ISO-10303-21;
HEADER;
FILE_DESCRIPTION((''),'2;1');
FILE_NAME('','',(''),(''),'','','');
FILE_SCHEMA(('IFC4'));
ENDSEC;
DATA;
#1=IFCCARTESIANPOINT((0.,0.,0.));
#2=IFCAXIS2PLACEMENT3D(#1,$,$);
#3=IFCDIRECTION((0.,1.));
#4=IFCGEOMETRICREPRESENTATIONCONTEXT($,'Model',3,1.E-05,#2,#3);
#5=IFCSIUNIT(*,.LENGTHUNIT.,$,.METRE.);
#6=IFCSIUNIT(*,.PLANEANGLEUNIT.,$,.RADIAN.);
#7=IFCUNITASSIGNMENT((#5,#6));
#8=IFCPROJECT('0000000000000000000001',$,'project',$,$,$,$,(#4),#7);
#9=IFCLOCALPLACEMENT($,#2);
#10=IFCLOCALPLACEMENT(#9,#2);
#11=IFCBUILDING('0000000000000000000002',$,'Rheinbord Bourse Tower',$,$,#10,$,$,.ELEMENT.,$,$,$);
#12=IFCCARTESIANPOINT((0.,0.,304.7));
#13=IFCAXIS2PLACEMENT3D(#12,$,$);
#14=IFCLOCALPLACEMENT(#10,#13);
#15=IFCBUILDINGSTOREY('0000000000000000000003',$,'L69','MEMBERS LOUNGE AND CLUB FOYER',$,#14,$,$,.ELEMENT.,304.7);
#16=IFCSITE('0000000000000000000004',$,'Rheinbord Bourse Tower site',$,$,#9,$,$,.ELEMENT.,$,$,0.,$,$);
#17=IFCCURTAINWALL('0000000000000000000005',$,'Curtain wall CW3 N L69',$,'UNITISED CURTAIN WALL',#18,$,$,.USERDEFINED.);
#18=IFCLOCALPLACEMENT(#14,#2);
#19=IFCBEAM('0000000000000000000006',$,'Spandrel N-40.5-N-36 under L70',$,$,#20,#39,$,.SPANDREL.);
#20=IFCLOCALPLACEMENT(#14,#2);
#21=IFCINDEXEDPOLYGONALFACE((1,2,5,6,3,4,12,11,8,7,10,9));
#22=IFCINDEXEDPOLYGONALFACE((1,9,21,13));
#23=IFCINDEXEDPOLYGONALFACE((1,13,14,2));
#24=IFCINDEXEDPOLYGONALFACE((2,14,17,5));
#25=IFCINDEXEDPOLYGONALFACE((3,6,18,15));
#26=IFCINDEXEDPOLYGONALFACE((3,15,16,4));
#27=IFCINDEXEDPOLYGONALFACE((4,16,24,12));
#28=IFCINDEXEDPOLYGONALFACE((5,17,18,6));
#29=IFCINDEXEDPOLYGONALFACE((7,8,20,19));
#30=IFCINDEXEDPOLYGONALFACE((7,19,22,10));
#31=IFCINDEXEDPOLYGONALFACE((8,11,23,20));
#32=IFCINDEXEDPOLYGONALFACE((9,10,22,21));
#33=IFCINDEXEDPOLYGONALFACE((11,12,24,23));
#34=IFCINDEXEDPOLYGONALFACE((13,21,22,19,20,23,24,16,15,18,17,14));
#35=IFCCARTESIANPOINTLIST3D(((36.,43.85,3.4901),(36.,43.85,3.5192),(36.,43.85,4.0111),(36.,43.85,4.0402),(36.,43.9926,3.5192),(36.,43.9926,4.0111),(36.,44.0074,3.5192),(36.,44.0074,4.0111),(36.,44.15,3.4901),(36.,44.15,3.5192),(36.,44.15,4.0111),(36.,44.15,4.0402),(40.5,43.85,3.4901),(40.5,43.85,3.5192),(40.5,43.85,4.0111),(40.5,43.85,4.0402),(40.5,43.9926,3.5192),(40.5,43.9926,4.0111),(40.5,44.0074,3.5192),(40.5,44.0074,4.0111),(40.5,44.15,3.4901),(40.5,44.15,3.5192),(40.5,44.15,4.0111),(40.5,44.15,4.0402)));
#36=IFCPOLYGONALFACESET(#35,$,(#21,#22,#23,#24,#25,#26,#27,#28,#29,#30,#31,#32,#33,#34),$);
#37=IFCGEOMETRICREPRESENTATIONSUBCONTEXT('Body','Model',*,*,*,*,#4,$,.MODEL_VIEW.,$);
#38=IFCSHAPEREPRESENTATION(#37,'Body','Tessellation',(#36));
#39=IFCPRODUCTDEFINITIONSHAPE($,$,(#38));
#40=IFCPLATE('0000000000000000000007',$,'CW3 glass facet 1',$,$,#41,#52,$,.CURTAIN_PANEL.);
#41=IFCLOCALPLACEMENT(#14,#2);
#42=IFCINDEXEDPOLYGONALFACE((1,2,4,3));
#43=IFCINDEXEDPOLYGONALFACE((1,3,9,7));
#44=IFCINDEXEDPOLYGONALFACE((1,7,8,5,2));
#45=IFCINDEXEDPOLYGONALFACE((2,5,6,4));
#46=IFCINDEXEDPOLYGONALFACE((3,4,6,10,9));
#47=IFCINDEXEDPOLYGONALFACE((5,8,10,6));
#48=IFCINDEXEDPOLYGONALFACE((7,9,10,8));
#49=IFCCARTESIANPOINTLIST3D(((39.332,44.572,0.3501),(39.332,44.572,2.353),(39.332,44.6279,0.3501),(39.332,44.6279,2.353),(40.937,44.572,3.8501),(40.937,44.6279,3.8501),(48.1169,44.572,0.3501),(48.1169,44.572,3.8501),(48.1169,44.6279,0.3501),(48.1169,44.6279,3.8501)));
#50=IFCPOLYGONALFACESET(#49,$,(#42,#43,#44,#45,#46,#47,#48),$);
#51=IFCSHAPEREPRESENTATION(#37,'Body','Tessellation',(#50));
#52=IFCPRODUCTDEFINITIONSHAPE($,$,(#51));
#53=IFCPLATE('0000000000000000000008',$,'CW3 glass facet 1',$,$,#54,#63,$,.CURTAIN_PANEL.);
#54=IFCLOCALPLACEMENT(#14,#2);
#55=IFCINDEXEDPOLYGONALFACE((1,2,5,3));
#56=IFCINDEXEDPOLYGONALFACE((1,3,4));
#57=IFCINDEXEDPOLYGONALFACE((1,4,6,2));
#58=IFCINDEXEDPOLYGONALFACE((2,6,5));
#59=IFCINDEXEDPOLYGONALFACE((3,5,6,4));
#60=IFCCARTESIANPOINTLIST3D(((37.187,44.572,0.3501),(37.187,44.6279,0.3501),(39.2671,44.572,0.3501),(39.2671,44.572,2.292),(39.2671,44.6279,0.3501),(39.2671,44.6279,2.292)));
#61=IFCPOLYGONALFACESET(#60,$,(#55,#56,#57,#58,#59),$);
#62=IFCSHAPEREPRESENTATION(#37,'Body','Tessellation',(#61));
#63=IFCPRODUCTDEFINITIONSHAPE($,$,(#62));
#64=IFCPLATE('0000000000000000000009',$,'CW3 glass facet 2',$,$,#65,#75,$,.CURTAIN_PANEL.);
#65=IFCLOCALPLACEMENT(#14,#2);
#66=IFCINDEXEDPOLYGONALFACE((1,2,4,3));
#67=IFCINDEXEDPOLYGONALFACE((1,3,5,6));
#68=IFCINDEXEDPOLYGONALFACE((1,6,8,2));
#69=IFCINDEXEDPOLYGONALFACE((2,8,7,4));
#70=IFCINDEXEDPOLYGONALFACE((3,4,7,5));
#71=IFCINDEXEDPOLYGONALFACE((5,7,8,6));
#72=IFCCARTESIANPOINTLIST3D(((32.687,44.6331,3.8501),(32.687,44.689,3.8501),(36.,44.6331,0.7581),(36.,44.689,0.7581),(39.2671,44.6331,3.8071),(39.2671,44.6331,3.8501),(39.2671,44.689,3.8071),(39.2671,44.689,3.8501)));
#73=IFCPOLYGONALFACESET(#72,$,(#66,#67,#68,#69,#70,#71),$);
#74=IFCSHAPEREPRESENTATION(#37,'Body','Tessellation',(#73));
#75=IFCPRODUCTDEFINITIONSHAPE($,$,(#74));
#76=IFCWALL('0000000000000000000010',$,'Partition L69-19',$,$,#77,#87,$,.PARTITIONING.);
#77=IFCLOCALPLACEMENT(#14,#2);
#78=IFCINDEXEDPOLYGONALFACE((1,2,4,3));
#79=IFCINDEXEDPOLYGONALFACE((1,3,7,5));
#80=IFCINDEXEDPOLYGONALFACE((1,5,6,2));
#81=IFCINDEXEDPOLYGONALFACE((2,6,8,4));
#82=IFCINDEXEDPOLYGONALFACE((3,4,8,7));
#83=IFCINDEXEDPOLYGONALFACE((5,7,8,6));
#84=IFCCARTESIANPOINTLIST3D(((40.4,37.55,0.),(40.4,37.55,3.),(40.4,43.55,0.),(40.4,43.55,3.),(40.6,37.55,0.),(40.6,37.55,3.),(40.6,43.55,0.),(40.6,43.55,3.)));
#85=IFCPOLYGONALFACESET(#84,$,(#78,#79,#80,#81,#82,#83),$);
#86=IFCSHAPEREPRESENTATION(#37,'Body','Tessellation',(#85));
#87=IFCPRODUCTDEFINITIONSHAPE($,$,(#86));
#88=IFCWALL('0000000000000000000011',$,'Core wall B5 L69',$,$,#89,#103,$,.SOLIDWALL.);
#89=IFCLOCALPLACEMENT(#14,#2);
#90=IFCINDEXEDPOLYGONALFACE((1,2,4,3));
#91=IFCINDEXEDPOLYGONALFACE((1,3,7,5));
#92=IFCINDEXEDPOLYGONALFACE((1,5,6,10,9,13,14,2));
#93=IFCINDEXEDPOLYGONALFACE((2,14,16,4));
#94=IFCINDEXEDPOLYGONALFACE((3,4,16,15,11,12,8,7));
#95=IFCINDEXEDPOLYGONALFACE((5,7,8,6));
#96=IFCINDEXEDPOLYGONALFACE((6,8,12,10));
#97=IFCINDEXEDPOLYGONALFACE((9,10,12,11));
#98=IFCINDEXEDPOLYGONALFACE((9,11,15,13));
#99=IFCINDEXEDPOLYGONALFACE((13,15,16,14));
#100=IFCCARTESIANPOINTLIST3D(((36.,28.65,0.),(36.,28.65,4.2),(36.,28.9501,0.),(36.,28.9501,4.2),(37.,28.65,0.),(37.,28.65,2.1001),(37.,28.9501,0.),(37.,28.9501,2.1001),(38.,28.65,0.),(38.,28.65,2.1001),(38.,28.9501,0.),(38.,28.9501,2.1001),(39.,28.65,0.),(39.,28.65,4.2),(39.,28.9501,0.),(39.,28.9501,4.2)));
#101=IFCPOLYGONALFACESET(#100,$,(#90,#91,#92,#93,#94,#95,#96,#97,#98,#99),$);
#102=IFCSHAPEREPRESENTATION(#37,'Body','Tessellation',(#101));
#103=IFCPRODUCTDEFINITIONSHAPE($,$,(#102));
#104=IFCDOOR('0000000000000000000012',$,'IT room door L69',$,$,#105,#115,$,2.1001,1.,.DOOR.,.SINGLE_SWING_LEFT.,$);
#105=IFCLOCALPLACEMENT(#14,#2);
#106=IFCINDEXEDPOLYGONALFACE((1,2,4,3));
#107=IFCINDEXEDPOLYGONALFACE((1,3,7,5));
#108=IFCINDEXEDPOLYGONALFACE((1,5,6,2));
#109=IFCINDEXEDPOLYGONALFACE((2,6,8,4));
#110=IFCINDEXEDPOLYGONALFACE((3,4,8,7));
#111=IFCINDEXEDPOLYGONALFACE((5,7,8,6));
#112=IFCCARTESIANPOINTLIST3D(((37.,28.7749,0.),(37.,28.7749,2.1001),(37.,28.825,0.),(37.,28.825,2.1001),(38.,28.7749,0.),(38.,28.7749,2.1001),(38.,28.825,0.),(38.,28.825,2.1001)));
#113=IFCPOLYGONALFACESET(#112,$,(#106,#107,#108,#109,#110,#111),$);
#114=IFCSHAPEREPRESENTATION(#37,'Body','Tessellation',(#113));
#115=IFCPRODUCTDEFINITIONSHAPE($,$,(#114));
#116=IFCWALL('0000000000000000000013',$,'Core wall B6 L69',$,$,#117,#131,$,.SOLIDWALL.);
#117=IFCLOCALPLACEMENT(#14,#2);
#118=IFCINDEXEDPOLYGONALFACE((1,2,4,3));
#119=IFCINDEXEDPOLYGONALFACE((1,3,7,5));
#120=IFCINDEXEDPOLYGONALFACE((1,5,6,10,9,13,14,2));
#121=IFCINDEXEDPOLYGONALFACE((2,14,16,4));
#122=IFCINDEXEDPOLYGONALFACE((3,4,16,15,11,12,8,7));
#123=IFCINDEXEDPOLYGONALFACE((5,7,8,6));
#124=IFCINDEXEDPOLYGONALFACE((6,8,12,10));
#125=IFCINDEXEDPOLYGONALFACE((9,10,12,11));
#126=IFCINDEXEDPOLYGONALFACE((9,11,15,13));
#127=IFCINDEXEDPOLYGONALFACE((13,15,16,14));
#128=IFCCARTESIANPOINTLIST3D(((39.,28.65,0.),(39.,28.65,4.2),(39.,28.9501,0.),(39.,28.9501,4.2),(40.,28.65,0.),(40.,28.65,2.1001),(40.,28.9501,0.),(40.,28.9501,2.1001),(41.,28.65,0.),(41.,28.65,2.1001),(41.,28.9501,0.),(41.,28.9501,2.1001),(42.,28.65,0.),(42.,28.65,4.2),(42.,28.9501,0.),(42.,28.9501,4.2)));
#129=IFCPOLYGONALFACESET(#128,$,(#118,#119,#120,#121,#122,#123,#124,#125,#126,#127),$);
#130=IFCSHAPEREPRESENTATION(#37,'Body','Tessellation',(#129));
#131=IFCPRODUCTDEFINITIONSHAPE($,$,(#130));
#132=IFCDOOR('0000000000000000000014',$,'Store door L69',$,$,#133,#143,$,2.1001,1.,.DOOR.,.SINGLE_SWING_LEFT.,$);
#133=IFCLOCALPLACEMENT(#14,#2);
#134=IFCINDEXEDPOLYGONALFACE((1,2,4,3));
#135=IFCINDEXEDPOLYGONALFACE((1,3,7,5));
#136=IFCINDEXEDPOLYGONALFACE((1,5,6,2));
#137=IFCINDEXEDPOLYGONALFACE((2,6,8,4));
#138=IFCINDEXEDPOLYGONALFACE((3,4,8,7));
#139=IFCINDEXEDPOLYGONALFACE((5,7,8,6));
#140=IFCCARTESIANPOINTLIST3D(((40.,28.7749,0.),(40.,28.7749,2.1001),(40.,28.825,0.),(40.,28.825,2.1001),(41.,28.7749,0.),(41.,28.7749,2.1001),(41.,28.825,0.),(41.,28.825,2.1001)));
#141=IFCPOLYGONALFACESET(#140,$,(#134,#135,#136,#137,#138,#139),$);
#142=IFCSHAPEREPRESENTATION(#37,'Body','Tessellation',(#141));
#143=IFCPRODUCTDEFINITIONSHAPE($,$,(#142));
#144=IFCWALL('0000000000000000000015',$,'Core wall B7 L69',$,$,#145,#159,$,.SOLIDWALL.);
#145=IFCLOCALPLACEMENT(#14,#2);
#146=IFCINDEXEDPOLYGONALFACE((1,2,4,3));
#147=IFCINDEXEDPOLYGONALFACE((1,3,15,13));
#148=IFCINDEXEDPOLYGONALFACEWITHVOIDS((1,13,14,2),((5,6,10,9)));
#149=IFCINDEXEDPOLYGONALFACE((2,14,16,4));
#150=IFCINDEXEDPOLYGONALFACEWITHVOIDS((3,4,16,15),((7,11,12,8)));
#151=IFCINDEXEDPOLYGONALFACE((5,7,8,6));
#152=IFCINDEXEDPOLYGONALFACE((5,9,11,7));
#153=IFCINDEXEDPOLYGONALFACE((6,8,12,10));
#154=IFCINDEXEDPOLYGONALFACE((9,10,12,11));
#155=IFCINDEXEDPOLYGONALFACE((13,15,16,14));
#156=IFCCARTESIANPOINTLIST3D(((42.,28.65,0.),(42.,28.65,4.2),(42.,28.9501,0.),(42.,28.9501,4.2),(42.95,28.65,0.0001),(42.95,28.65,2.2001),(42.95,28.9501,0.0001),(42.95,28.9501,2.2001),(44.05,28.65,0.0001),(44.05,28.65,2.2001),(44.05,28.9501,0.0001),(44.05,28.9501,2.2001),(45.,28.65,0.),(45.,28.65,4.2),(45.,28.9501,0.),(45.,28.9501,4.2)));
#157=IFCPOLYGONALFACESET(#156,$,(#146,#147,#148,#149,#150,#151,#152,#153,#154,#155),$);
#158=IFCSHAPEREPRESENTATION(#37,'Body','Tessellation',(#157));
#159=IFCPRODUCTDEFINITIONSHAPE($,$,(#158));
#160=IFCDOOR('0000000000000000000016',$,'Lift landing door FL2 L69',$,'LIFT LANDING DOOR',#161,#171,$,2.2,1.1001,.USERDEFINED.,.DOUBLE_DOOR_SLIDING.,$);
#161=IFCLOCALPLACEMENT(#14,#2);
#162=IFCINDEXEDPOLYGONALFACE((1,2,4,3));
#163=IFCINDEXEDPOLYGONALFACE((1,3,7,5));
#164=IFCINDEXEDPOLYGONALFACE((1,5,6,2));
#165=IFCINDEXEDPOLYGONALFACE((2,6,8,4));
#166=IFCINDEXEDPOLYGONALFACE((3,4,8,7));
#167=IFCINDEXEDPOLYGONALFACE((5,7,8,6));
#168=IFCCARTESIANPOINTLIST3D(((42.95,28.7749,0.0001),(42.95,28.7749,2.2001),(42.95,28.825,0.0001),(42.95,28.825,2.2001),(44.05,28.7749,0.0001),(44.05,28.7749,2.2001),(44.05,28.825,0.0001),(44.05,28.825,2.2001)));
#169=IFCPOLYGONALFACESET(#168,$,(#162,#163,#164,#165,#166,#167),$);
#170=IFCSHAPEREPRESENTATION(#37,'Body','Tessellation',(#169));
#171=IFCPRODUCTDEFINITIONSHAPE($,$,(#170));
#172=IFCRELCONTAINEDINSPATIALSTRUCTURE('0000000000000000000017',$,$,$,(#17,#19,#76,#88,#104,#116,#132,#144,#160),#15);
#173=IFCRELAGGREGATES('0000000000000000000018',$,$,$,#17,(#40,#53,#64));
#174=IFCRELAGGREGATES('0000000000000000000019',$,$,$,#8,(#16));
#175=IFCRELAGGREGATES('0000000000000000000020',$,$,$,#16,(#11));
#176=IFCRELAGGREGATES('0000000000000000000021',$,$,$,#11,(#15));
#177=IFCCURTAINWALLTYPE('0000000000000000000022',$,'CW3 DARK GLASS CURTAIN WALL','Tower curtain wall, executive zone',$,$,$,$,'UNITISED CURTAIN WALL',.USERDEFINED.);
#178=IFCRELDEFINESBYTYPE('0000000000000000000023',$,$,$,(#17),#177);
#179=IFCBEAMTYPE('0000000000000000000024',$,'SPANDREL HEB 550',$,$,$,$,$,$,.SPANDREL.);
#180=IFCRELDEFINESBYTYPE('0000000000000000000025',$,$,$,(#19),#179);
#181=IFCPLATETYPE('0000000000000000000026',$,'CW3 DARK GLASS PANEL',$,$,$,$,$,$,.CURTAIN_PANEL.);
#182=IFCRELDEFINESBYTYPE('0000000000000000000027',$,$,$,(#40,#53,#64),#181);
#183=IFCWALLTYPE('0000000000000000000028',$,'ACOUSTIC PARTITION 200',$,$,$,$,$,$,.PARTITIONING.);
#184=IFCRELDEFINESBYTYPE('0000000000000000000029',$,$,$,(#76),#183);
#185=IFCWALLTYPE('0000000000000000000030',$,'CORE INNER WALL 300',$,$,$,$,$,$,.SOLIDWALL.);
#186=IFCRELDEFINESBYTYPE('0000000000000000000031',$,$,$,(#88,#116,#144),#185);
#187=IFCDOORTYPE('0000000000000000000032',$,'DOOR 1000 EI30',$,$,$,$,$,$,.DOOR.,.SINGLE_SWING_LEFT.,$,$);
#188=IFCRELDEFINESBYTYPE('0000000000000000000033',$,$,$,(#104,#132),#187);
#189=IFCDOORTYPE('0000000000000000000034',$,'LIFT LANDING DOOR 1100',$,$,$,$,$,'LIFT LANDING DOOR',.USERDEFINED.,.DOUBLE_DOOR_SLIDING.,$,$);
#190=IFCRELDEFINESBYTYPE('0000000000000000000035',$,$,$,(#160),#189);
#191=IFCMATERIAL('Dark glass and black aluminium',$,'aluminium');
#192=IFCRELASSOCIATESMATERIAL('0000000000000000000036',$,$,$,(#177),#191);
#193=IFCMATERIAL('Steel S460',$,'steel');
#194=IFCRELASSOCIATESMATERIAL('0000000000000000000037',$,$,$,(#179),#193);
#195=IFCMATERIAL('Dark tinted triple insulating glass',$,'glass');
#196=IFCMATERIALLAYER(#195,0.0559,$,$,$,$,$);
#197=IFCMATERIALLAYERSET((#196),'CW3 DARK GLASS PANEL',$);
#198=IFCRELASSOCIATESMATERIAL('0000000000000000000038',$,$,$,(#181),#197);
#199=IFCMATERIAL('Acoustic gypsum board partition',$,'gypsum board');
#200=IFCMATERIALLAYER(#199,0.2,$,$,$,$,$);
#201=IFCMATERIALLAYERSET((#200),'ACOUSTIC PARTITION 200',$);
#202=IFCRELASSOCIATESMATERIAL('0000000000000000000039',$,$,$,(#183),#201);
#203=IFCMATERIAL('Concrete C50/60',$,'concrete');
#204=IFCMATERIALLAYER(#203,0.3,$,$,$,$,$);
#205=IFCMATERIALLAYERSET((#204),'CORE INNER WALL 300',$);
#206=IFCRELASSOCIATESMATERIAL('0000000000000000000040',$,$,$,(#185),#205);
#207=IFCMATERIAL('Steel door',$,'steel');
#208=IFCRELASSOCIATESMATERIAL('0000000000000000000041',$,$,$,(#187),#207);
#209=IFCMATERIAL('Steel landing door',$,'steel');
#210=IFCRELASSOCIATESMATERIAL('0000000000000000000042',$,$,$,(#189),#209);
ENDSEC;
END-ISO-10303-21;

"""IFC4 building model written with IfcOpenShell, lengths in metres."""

from ifc_helpers import new_model, si_unit, direction, frame, frame_2d, origin, origin_2d, place, context, subcontext, project, spatial, polyline, rectangle, i_section, outline, extrude, material, layer, layer_set, material_profile, profile_set, type_object, element, fill, aggregate, save


model = new_model("IFC4")

# Units and contexts
model_context = context("Model", 3, precision=1e-05, world=origin(), true_north=direction((0.0, 1.0)))
body_context = subcontext(model_context, "Body", "Model", "MODEL_VIEW")
ifc_project = project(units=[si_unit("LENGTHUNIT", "METRE"), si_unit("PLANEANGLEUNIT", "RADIAN")], contexts=[model_context])

# Site, building, storey
site_placement = place(None, origin())
site = spatial("IfcSite", under=ifc_project, at=site_placement, Name="Rheinbord Bourse Tower site", CompositionType="ELEMENT", RefElevation=0.0)
building_placement = place(site_placement, origin())
building = spatial("IfcBuilding", under=site, at=building_placement, Name="Rheinbord Bourse Tower", CompositionType="ELEMENT")
storey_placement = place(building_placement, frame((0.0, 0.0, 304.7)))
storey = spatial("IfcBuildingStorey", under=building, at=storey_placement, Name="L69", Description="MEMBERS LOUNGE AND CLUB FOYER", CompositionType="ELEMENT", Elevation=304.7)

# Curtain wall
ifc_material_1 = material(Name="Dark glass and black aluminium", Category="aluminium")
curtain_wall_type = type_object("IfcCurtainWallType", Name="CW3 DARK GLASS CURTAIN WALL", Description="Tower curtain wall, executive zone", ElementType="UNITISED CURTAIN WALL", PredefinedType="USERDEFINED", material=ifc_material_1)
curtain_wall_placement = place(storey_placement, origin())
curtain_wall = element("IfcCurtainWall", 1, at=curtain_wall_placement, inside=storey, type_object=curtain_wall_type, Name="Curtain wall CW3 N L69", ObjectType="UNITISED CURTAIN WALL", PredefinedType="USERDEFINED")

# Beam
ifc_material_2 = material(Name="Steel S460", Category="steel")
ifc_material_profile_1 = material_profile(ifc_material_2, i_section(OverallWidth=0.3, OverallDepth=0.55, WebThickness=0.0149, FlangeThickness=0.0291, at=origin_2d()), Name="HEB 550")
ifc_profile_set_1 = profile_set([ifc_material_profile_1], Name="Steel S460")
beam_type_1 = type_object("IfcBeamType", Name="SPANDREL HEB 550", PredefinedType="SPANDREL", material=ifc_profile_set_1)
beam_placement = place(storey_placement, frame((40.5, 44.0, 3.7651), z_axis=(-1.0, 0.0, 0.0), x_axis=(0.0, -1.0, 0.0)))
element("IfcBeam", 2, at=beam_placement, inside=storey, type_object=beam_type_1, Name="Spandrel N-40.5-N-36 under L70", PredefinedType="SPANDREL", context=body_context, shape_type="SweptSolid", body=[
    extrude(i_section(OverallWidth=0.3, OverallDepth=0.55, WebThickness=0.0149, FlangeThickness=0.0291, at=origin_2d()), origin(), (0.0, 0.0, 1.0), 4.5),
])

# Plates
ifc_material_3 = material(Name="Dark tinted triple insulating glass", Category="glass")
ifc_layer_1 = layer(ifc_material_3, 0.0559)
ifc_layer_set_1 = layer_set([ifc_layer_1], Name="CW3 DARK GLASS PANEL")
plate_type = type_object("IfcPlateType", Name="CW3 DARK GLASS PANEL", PredefinedType="CURTAIN_PANEL", material=ifc_layer_set_1)
plate_1_placement = place(storey_placement, frame((39.332, 44.6279, 0.3501), z_axis=(0.0, -1.0, 0.0), x_axis=(1.0, 0.0, 0.0)))
plate_1 = element("IfcPlate", 3, at=plate_1_placement, type_object=plate_type, Name="CW3 glass facet 1", PredefinedType="CURTAIN_PANEL", context=body_context, shape_type="SweptSolid", body=[
    extrude(outline(polyline([(0.0, 0.0), (8.7849, 0.0), (8.7849, 3.5), (1.605, 3.5), (0.0, 2.0029), (0.0, 0.0)])), origin(), (0.0, 0.0, 1.0), 0.0559),
])
plate_2_placement = place(storey_placement, frame((39.2671, 44.6279, 0.3501), z_axis=(0.0, -1.0, 0.0), x_axis=(0.0, 0.0, 1.0)))
plate_2 = element("IfcPlate", 4, at=plate_2_placement, type_object=plate_type, Name="CW3 glass facet 1", PredefinedType="CURTAIN_PANEL", context=body_context, shape_type="SweptSolid", body=[
    extrude(outline(polyline([(0.0, 0.0), (1.9419, 0.0), (0.0, 2.0801), (0.0, 0.0)])), origin(), (0.0, 0.0, 1.0), 0.0559),
])
plate_3_placement = place(storey_placement, frame((39.2671, 44.689, 3.8501), z_axis=(0.0, -1.0, 0.0), x_axis=(-1.0, 0.0, 0.0)))
plate_3 = element("IfcPlate", 5, at=plate_3_placement, type_object=plate_type, Name="CW3 glass facet 2", PredefinedType="CURTAIN_PANEL", context=body_context, shape_type="SweptSolid", body=[
    extrude(outline(polyline([(0.0, 0.0), (6.5801, 0.0), (3.2671, 3.092), (0.0, 0.043), (0.0, 0.0)])), origin(), (0.0, 0.0, 1.0), 0.0559),
])
aggregate(curtain_wall, [plate_1, plate_2, plate_3])

# Wall
ifc_material_4 = material(Name="Acoustic gypsum board partition", Category="gypsum board")
ifc_layer_2 = layer(ifc_material_4, 0.2)
ifc_layer_set_2 = layer_set([ifc_layer_2], Name="ACOUSTIC PARTITION 200")
wall_type_1 = type_object("IfcWallType", Name="ACOUSTIC PARTITION 200", PredefinedType="PARTITIONING", material=ifc_layer_set_2)
wall_1_placement = place(storey_placement, frame((40.5, 37.55, 0.0), z_axis=(0.0, 0.0, 1.0), x_axis=(0.0, 1.0, 0.0)))
element("IfcWall", 6, at=wall_1_placement, inside=storey, type_object=wall_type_1, Name="Partition L69-19", PredefinedType="PARTITIONING", context=body_context, shape_type="SweptSolid", body=[
    extrude(rectangle(XDim=6.0, YDim=0.2, at=frame_2d((3.0, 0.0))), origin(), (0.0, 0.0, 1.0), 3.0),
])

# Walls, openings, doors
ifc_material_5 = material(Name="Concrete C50/60", Category="concrete")
ifc_layer_3 = layer(ifc_material_5, 0.3)
ifc_layer_set_3 = layer_set([ifc_layer_3], Name="CORE INNER WALL 300")
wall_type_2 = type_object("IfcWallType", Name="CORE INNER WALL 300", PredefinedType="SOLIDWALL", material=ifc_layer_set_3)
wall_2_placement = place(storey_placement, frame((36.0, 28.8, 0.0), z_axis=(0.0, 0.0, 1.0), x_axis=(1.0, 0.0, 0.0)))
wall_2 = element("IfcWall", 7, at=wall_2_placement, inside=storey, type_object=wall_type_2, Name="Core wall B5 L69", PredefinedType="SOLIDWALL", context=body_context, shape_type="SweptSolid", body=[
    extrude(rectangle(XDim=3.0, YDim=0.3, at=frame_2d((1.5, 0.0))), origin(), (0.0, 0.0, 1.0), 4.2),
])
opening_1_placement = place(wall_2_placement, frame((1.0, 0.0, 0.0)))
opening_1 = element("IfcOpeningElement", 8, at=opening_1_placement, cuts=wall_2, PredefinedType="OPENING", context=body_context, shape_type="SweptSolid", body=[
    extrude(rectangle(XDim=1.0, YDim=2.1001, at=frame_2d((0.5, 1.05))), frame((0.0, 0.1599, 0.0), z_axis=(0.0, -1.0, 0.0), x_axis=(1.0, 0.0, 0.0)), (0.0, 0.0, 1.0), 0.3201),
])
ifc_material_6 = material(Name="Steel door", Category="steel")
door_type_1 = type_object("IfcDoorType", Name="DOOR 1000 EI30", OperationType="SINGLE_SWING_LEFT", PredefinedType="DOOR", material=ifc_material_6)
door_1_placement = place(opening_1_placement, origin())
door_1 = element("IfcDoor", 9, at=door_1_placement, inside=storey, type_object=door_type_1, Name="IT room door L69", OperationType="SINGLE_SWING_LEFT", OverallHeight=2.1001, OverallWidth=1.0, PredefinedType="DOOR", context=body_context, shape_type="SweptSolid", body=[
    extrude(rectangle(XDim=1.0, YDim=2.1001, at=frame_2d((0.5, 1.05))), frame((0.0, 0.0249, 0.0), z_axis=(0.0, -1.0, 0.0), x_axis=(1.0, 0.0, 0.0)), (0.0, 0.0, 1.0), 0.05),
])
fill(opening_1, door_1)
wall_3_placement = place(storey_placement, frame((39.0, 28.8, 0.0), z_axis=(0.0, 0.0, 1.0), x_axis=(1.0, 0.0, 0.0)))
wall_3 = element("IfcWall", 10, at=wall_3_placement, inside=storey, type_object=wall_type_2, Name="Core wall B6 L69", PredefinedType="SOLIDWALL", context=body_context, shape_type="SweptSolid", body=[
    extrude(rectangle(XDim=3.0, YDim=0.3, at=frame_2d((1.5, 0.0))), origin(), (0.0, 0.0, 1.0), 4.2),
])
opening_2_placement = place(wall_3_placement, frame((1.0, 0.0, 0.0)))
opening_2 = element("IfcOpeningElement", 11, at=opening_2_placement, cuts=wall_3, PredefinedType="OPENING", context=body_context, shape_type="SweptSolid", body=[
    extrude(rectangle(XDim=1.0, YDim=2.1001, at=frame_2d((0.5, 1.05))), frame((0.0, 0.1599, 0.0), z_axis=(0.0, -1.0, 0.0), x_axis=(1.0, 0.0, 0.0)), (0.0, 0.0, 1.0), 0.3201),
])
door_2_placement = place(opening_2_placement, origin())
door_2 = element("IfcDoor", 12, at=door_2_placement, inside=storey, type_object=door_type_1, Name="Store door L69", OperationType="SINGLE_SWING_LEFT", OverallHeight=2.1001, OverallWidth=1.0, PredefinedType="DOOR", context=body_context, shape_type="SweptSolid", body=[
    extrude(rectangle(XDim=1.0, YDim=2.1001, at=frame_2d((0.5, 1.05))), frame((0.0, 0.0249, 0.0), z_axis=(0.0, -1.0, 0.0), x_axis=(1.0, 0.0, 0.0)), (0.0, 0.0, 1.0), 0.05),
])
fill(opening_2, door_2)
wall_4_placement = place(storey_placement, frame((42.0, 28.8, 0.0), z_axis=(0.0, 0.0, 1.0), x_axis=(1.0, 0.0, 0.0)))
wall_4 = element("IfcWall", 13, at=wall_4_placement, inside=storey, type_object=wall_type_2, Name="Core wall B7 L69", PredefinedType="SOLIDWALL", context=body_context, shape_type="SweptSolid", body=[
    extrude(rectangle(XDim=3.0, YDim=0.3, at=frame_2d((1.5, 0.0))), origin(), (0.0, 0.0, 1.0), 4.2),
])
opening_3_placement = place(wall_4_placement, frame((0.95, 0.0, 0.0)))
opening_3 = element("IfcOpeningElement", 14, at=opening_3_placement, cuts=wall_4, PredefinedType="OPENING", context=body_context, shape_type="SweptSolid", body=[
    extrude(rectangle(XDim=1.1001, YDim=2.2, at=frame_2d((0.55, 1.1001))), frame((0.0, 0.1599, 0.0), z_axis=(0.0, -1.0, 0.0), x_axis=(1.0, 0.0, 0.0)), (0.0, 0.0, 1.0), 0.3201),
])
ifc_material_7 = material(Name="Steel landing door", Category="steel")
door_type_2 = type_object("IfcDoorType", Name="LIFT LANDING DOOR 1100", ElementType="LIFT LANDING DOOR", OperationType="DOUBLE_DOOR_SLIDING", PredefinedType="USERDEFINED", material=ifc_material_7)
door_3_placement = place(opening_3_placement, origin())
door_3 = element("IfcDoor", 15, at=door_3_placement, inside=storey, type_object=door_type_2, Name="Lift landing door FL2 L69", ObjectType="LIFT LANDING DOOR", OperationType="DOUBLE_DOOR_SLIDING", OverallHeight=2.2, OverallWidth=1.1001, PredefinedType="USERDEFINED", context=body_context, shape_type="SweptSolid", body=[
    extrude(rectangle(XDim=1.1001, YDim=2.2, at=frame_2d((0.55, 1.1001))), frame((0.0, 0.0249, 0.0), z_axis=(0.0, -1.0, 0.0), x_axis=(1.0, 0.0, 0.0)), (0.0, 0.0, 1.0), 0.05),
])
fill(opening_3, door_3)

save(model, "model.ifc")
